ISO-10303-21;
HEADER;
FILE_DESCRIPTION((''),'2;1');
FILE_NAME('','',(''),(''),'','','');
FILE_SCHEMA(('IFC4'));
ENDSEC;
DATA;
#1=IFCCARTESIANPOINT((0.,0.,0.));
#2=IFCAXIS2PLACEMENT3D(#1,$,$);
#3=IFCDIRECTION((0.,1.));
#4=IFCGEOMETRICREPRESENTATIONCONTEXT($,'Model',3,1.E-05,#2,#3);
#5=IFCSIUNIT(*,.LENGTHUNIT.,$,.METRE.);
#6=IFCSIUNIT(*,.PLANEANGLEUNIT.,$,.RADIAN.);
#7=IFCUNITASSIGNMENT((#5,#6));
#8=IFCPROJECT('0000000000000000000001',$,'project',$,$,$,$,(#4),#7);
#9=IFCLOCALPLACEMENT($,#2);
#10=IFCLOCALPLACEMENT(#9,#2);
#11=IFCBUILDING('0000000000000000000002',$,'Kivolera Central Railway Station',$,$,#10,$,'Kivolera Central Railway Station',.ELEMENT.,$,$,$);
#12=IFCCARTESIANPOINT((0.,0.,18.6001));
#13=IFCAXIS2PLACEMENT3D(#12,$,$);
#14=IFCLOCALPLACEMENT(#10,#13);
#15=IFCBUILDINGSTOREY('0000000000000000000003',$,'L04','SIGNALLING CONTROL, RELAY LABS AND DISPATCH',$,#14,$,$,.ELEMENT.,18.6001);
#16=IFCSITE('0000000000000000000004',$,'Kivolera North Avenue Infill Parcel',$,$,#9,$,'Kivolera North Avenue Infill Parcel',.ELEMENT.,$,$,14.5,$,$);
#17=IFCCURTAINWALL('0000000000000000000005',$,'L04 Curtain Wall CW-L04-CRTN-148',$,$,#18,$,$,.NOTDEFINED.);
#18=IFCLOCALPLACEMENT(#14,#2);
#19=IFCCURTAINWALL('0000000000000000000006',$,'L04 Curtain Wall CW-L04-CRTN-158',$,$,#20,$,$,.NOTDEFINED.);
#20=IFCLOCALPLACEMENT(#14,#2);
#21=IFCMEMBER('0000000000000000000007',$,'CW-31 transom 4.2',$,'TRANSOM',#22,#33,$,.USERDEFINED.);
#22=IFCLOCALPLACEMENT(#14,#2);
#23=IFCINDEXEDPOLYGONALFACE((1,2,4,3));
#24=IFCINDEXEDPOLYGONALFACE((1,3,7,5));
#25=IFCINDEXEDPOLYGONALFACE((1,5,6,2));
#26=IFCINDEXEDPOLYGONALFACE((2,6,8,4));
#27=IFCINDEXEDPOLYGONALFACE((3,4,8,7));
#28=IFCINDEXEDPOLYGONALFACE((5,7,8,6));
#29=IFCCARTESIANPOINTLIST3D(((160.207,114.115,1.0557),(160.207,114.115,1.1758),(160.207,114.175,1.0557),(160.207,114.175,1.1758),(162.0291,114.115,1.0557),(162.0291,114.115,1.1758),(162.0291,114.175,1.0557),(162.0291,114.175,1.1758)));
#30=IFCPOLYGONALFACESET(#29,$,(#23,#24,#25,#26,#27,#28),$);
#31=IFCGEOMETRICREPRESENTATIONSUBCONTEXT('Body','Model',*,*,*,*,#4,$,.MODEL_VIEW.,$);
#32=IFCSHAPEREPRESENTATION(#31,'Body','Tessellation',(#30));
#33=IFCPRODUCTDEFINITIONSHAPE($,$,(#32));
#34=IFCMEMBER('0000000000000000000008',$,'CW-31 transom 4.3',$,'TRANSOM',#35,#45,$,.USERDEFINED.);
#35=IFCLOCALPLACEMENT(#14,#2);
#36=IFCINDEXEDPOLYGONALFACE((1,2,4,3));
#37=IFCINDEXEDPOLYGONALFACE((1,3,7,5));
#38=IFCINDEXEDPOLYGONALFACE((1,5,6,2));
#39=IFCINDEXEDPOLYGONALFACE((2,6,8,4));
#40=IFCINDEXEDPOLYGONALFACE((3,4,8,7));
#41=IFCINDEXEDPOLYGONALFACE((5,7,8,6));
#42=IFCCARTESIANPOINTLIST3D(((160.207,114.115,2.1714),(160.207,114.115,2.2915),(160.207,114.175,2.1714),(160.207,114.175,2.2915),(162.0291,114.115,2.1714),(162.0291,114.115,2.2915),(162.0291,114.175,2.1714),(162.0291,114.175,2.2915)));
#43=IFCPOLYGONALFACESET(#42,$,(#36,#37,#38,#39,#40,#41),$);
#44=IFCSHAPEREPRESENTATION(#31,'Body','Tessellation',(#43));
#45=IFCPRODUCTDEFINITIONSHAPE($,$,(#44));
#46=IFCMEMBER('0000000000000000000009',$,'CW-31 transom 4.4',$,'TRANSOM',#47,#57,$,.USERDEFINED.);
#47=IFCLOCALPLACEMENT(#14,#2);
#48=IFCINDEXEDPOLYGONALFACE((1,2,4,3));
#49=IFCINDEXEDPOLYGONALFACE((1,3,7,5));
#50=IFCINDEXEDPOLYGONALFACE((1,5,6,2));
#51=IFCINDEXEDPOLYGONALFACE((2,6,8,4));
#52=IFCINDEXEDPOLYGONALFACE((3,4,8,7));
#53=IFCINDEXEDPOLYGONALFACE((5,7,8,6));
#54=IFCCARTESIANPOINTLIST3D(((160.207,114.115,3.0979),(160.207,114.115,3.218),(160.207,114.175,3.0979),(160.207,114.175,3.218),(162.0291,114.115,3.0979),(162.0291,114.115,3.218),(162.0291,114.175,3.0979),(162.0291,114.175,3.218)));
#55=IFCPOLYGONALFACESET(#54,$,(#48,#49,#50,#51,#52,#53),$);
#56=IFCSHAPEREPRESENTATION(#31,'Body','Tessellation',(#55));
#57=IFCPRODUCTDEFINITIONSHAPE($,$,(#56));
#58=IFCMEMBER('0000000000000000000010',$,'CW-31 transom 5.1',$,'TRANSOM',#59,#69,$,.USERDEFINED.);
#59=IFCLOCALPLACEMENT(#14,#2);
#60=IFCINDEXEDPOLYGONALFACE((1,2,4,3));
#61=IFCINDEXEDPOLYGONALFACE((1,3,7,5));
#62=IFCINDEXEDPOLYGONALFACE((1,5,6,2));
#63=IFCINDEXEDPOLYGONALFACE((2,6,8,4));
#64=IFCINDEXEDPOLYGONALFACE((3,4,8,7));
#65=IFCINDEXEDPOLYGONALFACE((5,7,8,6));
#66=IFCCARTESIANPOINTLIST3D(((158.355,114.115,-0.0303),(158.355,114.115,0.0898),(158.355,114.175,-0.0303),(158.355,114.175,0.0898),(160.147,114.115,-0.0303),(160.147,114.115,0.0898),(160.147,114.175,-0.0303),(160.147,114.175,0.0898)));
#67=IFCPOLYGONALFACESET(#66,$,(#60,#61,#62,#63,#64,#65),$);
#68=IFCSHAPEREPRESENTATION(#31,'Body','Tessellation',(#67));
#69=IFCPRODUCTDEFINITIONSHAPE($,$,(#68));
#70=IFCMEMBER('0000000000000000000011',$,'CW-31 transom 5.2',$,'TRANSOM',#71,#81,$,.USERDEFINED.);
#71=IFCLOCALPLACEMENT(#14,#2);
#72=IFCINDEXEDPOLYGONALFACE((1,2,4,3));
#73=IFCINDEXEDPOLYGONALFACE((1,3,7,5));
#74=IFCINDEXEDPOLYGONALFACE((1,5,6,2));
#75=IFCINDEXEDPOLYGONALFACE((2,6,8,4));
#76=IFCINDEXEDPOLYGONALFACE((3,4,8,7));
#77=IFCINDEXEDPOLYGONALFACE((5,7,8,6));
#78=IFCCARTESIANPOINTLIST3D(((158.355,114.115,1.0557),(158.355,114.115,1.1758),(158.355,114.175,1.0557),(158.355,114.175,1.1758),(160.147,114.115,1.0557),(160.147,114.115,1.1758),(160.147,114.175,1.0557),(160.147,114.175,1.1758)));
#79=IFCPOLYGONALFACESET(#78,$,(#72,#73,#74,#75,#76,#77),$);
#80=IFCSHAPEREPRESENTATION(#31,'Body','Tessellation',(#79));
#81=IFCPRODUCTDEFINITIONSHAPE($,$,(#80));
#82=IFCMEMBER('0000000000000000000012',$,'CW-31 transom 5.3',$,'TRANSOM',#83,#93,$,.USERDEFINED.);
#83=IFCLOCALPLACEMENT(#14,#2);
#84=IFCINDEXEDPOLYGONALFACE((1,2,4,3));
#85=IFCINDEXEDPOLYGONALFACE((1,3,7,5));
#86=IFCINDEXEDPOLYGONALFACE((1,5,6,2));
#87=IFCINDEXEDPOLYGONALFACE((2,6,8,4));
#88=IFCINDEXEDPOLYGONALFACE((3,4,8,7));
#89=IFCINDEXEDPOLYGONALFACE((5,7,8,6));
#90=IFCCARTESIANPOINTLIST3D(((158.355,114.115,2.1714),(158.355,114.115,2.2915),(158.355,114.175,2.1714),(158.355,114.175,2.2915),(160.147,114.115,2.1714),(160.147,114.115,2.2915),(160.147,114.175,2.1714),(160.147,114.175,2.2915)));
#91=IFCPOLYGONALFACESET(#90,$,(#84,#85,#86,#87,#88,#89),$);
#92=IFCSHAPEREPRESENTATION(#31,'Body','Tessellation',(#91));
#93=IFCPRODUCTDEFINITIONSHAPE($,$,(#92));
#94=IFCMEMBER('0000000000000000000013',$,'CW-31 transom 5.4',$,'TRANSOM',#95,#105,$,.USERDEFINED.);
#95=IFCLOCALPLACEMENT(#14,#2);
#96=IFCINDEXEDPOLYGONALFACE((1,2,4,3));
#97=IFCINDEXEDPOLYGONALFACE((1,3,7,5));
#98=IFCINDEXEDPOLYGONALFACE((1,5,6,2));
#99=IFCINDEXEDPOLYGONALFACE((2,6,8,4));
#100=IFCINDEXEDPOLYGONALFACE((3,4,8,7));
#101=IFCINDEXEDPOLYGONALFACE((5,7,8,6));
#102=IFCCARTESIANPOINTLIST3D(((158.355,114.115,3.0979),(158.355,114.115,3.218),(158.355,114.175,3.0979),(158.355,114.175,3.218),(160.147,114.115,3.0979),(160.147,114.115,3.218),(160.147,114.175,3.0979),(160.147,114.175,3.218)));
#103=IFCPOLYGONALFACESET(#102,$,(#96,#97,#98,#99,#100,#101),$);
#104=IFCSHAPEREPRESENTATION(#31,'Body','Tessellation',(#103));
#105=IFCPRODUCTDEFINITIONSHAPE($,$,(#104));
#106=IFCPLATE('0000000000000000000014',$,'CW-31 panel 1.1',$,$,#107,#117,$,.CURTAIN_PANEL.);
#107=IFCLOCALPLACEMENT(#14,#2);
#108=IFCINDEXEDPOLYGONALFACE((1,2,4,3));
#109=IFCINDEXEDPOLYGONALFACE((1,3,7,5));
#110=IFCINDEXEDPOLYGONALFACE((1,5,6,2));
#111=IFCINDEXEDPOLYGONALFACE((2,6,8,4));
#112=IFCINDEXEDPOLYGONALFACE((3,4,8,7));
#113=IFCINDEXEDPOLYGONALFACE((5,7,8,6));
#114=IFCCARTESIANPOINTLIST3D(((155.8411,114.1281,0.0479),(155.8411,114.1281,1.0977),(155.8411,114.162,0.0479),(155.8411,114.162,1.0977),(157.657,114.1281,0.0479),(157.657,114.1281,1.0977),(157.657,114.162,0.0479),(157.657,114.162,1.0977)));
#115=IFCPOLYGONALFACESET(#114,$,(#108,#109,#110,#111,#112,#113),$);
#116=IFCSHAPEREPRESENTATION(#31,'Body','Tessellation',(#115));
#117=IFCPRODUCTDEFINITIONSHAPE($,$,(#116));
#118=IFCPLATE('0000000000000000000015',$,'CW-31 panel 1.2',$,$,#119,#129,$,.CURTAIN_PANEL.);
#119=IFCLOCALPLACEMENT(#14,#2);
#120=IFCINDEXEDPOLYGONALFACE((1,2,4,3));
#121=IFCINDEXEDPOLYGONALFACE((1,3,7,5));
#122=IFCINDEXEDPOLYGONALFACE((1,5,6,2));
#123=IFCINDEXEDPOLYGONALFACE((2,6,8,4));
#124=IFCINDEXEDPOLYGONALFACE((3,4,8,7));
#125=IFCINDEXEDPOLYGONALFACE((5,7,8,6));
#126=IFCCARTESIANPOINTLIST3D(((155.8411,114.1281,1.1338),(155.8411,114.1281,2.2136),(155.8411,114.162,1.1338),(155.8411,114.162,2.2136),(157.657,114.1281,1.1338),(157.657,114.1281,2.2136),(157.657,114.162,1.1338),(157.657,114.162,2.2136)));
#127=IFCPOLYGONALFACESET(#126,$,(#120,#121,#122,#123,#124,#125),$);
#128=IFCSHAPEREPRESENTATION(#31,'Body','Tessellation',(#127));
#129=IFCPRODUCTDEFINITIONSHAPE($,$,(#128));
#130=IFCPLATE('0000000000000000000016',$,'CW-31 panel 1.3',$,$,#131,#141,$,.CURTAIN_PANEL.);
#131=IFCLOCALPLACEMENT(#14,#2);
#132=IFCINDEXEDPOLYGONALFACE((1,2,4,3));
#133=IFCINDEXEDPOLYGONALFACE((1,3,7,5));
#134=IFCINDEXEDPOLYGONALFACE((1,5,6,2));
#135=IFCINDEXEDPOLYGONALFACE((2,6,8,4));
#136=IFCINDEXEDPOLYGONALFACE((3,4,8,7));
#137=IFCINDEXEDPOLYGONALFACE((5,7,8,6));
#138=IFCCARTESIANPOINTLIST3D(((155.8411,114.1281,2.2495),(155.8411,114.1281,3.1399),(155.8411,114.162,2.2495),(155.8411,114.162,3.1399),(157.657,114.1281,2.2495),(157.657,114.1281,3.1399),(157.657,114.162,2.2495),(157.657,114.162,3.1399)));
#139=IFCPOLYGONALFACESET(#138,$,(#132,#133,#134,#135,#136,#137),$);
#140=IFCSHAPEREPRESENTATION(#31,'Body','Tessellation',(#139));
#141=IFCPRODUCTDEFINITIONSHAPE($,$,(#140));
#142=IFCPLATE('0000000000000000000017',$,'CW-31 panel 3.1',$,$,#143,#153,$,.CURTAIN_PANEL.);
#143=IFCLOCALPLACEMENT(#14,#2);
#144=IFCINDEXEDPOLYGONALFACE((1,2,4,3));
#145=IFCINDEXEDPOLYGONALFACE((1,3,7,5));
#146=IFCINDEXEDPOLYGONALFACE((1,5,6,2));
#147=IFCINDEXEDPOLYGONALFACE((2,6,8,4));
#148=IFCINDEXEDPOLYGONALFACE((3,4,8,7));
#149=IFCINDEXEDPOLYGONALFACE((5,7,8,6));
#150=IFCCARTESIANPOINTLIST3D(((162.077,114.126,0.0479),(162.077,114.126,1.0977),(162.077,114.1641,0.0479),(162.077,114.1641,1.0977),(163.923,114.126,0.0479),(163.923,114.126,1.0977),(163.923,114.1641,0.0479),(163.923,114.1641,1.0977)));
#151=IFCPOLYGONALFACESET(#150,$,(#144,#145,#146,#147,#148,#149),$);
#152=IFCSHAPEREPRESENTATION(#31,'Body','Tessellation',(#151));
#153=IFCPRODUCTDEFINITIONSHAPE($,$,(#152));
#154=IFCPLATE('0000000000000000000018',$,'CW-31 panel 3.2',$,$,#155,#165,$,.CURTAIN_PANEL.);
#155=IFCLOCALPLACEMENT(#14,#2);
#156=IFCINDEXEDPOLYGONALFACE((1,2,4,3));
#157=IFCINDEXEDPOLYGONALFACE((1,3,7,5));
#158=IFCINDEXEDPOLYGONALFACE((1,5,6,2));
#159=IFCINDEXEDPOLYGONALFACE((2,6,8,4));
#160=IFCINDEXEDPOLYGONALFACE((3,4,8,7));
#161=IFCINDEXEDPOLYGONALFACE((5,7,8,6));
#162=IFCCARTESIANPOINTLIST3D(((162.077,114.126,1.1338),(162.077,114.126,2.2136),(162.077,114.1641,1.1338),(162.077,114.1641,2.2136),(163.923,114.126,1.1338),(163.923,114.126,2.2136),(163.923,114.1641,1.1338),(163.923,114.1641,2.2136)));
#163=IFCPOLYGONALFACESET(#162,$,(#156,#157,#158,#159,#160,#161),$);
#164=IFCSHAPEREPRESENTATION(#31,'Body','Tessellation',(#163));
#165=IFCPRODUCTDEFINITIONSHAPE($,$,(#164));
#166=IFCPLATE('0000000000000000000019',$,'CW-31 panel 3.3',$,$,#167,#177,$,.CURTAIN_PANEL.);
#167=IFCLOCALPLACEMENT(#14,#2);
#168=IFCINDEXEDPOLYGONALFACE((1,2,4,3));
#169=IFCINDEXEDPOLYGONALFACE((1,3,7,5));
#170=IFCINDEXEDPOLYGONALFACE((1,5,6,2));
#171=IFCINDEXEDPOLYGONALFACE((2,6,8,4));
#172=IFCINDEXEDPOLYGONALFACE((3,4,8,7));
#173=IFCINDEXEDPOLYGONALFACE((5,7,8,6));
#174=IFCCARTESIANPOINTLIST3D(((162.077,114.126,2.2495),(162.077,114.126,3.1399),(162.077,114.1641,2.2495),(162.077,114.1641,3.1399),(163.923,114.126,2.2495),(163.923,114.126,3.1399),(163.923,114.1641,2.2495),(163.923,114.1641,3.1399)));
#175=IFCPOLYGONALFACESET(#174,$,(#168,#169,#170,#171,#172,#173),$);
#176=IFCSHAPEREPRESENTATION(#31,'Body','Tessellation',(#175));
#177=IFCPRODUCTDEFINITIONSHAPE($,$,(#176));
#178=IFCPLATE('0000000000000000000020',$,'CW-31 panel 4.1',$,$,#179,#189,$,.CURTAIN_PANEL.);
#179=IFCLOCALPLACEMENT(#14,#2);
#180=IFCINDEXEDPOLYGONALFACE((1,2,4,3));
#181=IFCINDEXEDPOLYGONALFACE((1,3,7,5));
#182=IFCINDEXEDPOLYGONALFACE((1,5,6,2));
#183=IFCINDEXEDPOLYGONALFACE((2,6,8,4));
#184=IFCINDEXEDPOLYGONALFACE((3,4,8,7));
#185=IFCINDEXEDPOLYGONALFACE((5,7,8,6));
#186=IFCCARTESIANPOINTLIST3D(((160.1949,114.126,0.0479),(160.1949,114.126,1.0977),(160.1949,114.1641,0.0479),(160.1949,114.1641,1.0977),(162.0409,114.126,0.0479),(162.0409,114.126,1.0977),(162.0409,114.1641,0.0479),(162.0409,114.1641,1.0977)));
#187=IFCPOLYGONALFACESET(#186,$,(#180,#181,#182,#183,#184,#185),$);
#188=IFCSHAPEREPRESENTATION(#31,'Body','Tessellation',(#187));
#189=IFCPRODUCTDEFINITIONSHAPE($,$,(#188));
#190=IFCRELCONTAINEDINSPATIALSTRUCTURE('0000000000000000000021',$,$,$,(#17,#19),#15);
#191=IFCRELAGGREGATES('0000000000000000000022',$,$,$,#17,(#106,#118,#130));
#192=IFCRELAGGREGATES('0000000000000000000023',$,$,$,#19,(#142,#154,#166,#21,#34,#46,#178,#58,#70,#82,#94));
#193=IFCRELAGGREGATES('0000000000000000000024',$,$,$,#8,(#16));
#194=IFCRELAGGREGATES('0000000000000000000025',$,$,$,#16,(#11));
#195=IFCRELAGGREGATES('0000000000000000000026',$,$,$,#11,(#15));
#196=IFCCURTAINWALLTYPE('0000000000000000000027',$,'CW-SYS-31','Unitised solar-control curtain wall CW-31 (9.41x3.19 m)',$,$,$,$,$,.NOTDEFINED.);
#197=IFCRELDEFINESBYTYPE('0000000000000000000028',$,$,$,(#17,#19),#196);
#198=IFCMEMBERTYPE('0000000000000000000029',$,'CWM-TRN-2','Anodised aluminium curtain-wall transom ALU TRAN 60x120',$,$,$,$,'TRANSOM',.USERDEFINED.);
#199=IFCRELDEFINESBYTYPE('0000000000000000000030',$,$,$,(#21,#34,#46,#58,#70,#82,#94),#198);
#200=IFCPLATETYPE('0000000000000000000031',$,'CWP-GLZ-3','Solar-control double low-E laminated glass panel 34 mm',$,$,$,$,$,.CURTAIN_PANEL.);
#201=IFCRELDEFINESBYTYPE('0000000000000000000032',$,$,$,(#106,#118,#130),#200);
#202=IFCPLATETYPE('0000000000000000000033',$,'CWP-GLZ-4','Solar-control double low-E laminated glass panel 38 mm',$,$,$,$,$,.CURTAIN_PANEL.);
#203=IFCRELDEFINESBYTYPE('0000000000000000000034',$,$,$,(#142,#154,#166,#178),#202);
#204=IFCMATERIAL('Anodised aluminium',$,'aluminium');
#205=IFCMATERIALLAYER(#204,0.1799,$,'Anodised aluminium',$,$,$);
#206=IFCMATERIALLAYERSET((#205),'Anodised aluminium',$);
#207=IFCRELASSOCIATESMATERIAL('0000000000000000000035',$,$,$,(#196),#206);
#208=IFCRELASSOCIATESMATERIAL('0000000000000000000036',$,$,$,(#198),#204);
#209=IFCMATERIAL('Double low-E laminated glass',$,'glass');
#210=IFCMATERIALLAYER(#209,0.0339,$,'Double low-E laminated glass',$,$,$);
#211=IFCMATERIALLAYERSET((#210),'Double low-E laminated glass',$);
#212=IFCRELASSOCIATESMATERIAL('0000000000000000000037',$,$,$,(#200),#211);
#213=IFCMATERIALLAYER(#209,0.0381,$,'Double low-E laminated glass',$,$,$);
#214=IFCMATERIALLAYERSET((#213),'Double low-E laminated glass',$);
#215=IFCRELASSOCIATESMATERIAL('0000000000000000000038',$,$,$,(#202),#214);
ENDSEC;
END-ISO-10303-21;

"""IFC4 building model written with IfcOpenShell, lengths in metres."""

from ifc_helpers import new_model, si_unit, direction, frame, origin, origin_2d, place, context, subcontext, project, spatial, rectangle, extrude, material, layer, layer_set, material_profile, profile_set, type_object, element, aggregate, save


model = new_model("IFC4")

# Units and contexts
model_context = context("Model", 3, precision=1e-05, world=origin(), true_north=direction((0.0, 1.0)))
body_context = subcontext(model_context, "Body", "Model", "MODEL_VIEW")
ifc_project = project(units=[si_unit("LENGTHUNIT", "METRE"), si_unit("PLANEANGLEUNIT", "RADIAN")], contexts=[model_context])

# Site, building, storey
site_placement = place(None, origin())
site = spatial("IfcSite", under=ifc_project, at=site_placement, Name="Kivolera North Avenue Infill Parcel", LongName="Kivolera North Avenue Infill Parcel", CompositionType="ELEMENT", RefElevation=14.5)
building_placement = place(site_placement, origin())
building = spatial("IfcBuilding", under=site, at=building_placement, Name="Kivolera Central Railway Station", LongName="Kivolera Central Railway Station", CompositionType="ELEMENT")
storey_placement = place(building_placement, frame((0.0, 0.0, 18.6001)))
storey = spatial("IfcBuildingStorey", under=building, at=storey_placement, Name="L04", Description="SIGNALLING CONTROL, RELAY LABS AND DISPATCH", CompositionType="ELEMENT", Elevation=18.6001)

# Curtain walls
ifc_material_1 = material(Name="Anodised aluminium", Category="aluminium")
ifc_layer_1 = layer(ifc_material_1, 0.1799, Name="Anodised aluminium")
ifc_layer_set_1 = layer_set([ifc_layer_1], Name="Anodised aluminium")
curtain_wall_type = type_object("IfcCurtainWallType", Name="CW-SYS-31", Description="Unitised solar-control curtain wall CW-31 (9.41x3.19 m)", PredefinedType="NOTDEFINED", material=ifc_layer_set_1)
curtain_wall_1_placement = place(storey_placement, origin())
curtain_wall_1 = element("IfcCurtainWall", 1, at=curtain_wall_1_placement, inside=storey, type_object=curtain_wall_type, Name="L04 Curtain Wall CW-L04-CRTN-148", PredefinedType="NOTDEFINED")
curtain_wall_2_placement = place(storey_placement, origin())
curtain_wall_2 = element("IfcCurtainWall", 2, at=curtain_wall_2_placement, inside=storey, type_object=curtain_wall_type, Name="L04 Curtain Wall CW-L04-CRTN-158", PredefinedType="NOTDEFINED")

# Members
ifc_material_profile_1 = material_profile(ifc_material_1, rectangle(XDim=0.0601, YDim=0.1201, at=origin_2d()), Name="ALU TRAN 60x120")
ifc_profile_set_1 = profile_set([ifc_material_profile_1], Name="Anodised aluminium")
member_type_1 = type_object("IfcMemberType", Name="CWM-TRN-2", Description="Anodised aluminium curtain-wall transom ALU TRAN 60x120", ElementType="TRANSOM", PredefinedType="USERDEFINED", material=ifc_profile_set_1)
member_1_placement = place(storey_placement, frame((162.0291, 114.145, 1.1157), z_axis=(-1.0, 0.0, 0.0), x_axis=(0.0, -1.0, 0.0)))
member_1 = element("IfcMember", 3, at=member_1_placement, type_object=member_type_1, Name="CW-31 transom 4.2", ObjectType="TRANSOM", PredefinedType="USERDEFINED", context=body_context, shape_type="SweptSolid", body=[
    extrude(rectangle(XDim=0.0601, YDim=0.1201, at=origin_2d()), origin(), (0.0, 0.0, 1.0), 1.822),
])
member_2_placement = place(storey_placement, frame((162.0291, 114.145, 2.2314), z_axis=(-1.0, 0.0, 0.0), x_axis=(0.0, -1.0, 0.0)))
member_2 = element("IfcMember", 4, at=member_2_placement, type_object=member_type_1, Name="CW-31 transom 4.3", ObjectType="TRANSOM", PredefinedType="USERDEFINED", context=body_context, shape_type="SweptSolid", body=[
    extrude(rectangle(XDim=0.0601, YDim=0.1201, at=origin_2d()), origin(), (0.0, 0.0, 1.0), 1.822),
])
member_3_placement = place(storey_placement, frame((162.0291, 114.145, 3.158), z_axis=(-1.0, 0.0, 0.0), x_axis=(0.0, -1.0, 0.0)))
member_3 = element("IfcMember", 5, at=member_3_placement, type_object=member_type_1, Name="CW-31 transom 4.4", ObjectType="TRANSOM", PredefinedType="USERDEFINED", context=body_context, shape_type="SweptSolid", body=[
    extrude(rectangle(XDim=0.0601, YDim=0.1201, at=origin_2d()), origin(), (0.0, 0.0, 1.0), 1.822),
])
member_4_placement = place(storey_placement, frame((160.147, 114.145, 0.0298), z_axis=(-1.0, 0.0, 0.0), x_axis=(0.0, -1.0, 0.0)))
member_4 = element("IfcMember", 6, at=member_4_placement, type_object=member_type_1, Name="CW-31 transom 5.1", ObjectType="TRANSOM", PredefinedType="USERDEFINED", context=body_context, shape_type="SweptSolid", body=[
    extrude(rectangle(XDim=0.0601, YDim=0.1201, at=origin_2d()), origin(), (0.0, 0.0, 1.0), 1.792),
])
member_5_placement = place(storey_placement, frame((160.147, 114.145, 1.1157), z_axis=(-1.0, 0.0, 0.0), x_axis=(0.0, -1.0, 0.0)))
member_5 = element("IfcMember", 7, at=member_5_placement, type_object=member_type_1, Name="CW-31 transom 5.2", ObjectType="TRANSOM", PredefinedType="USERDEFINED", context=body_context, shape_type="SweptSolid", body=[
    extrude(rectangle(XDim=0.0601, YDim=0.1201, at=origin_2d()), origin(), (0.0, 0.0, 1.0), 1.792),
])
member_6_placement = place(storey_placement, frame((160.147, 114.145, 2.2314), z_axis=(-1.0, 0.0, 0.0), x_axis=(0.0, -1.0, 0.0)))
member_6 = element("IfcMember", 8, at=member_6_placement, type_object=member_type_1, Name="CW-31 transom 5.3", ObjectType="TRANSOM", PredefinedType="USERDEFINED", context=body_context, shape_type="SweptSolid", body=[
    extrude(rectangle(XDim=0.0601, YDim=0.1201, at=origin_2d()), origin(), (0.0, 0.0, 1.0), 1.792),
])
member_7_placement = place(storey_placement, frame((160.147, 114.145, 3.158), z_axis=(-1.0, 0.0, 0.0), x_axis=(0.0, -1.0, 0.0)))
member_7 = element("IfcMember", 9, at=member_7_placement, type_object=member_type_1, Name="CW-31 transom 5.4", ObjectType="TRANSOM", PredefinedType="USERDEFINED", context=body_context, shape_type="SweptSolid", body=[
    extrude(rectangle(XDim=0.0601, YDim=0.1201, at=origin_2d()), origin(), (0.0, 0.0, 1.0), 1.792),
])

# Plates
ifc_material_2 = material(Name="Double low-E laminated glass", Category="glass")
ifc_layer_2 = layer(ifc_material_2, 0.0339, Name="Double low-E laminated glass")
ifc_layer_set_2 = layer_set([ifc_layer_2], Name="Double low-E laminated glass")
plate_type_1 = type_object("IfcPlateType", Name="CWP-GLZ-3", Description="Solar-control double low-E laminated glass panel 34 mm", PredefinedType="CURTAIN_PANEL", material=ifc_layer_set_2)
plate_1_placement = place(storey_placement, frame((156.749, 114.145, 0.0479), z_axis=(0.0, 0.0, 1.0), x_axis=(-1.0, 0.0, 0.0)))
plate_1 = element("IfcPlate", 10, at=plate_1_placement, type_object=plate_type_1, Name="CW-31 panel 1.1", PredefinedType="CURTAIN_PANEL", context=body_context, shape_type="SweptSolid", body=[
    extrude(rectangle(XDim=1.8159, YDim=0.0339, at=origin_2d()), origin(), (0.0, 0.0, 1.0), 1.0498),
])
plate_2_placement = place(storey_placement, frame((156.749, 114.145, 1.1338), z_axis=(0.0, 0.0, 1.0), x_axis=(-1.0, 0.0, 0.0)))
plate_2 = element("IfcPlate", 11, at=plate_2_placement, type_object=plate_type_1, Name="CW-31 panel 1.2", PredefinedType="CURTAIN_PANEL", context=body_context, shape_type="SweptSolid", body=[
    extrude(rectangle(XDim=1.8159, YDim=0.0339, at=origin_2d()), origin(), (0.0, 0.0, 1.0), 1.0798),
])
plate_3_placement = place(storey_placement, frame((156.749, 114.145, 2.2495), z_axis=(0.0, 0.0, 1.0), x_axis=(-1.0, 0.0, 0.0)))
plate_3 = element("IfcPlate", 12, at=plate_3_placement, type_object=plate_type_1, Name="CW-31 panel 1.3", PredefinedType="CURTAIN_PANEL", context=body_context, shape_type="SweptSolid", body=[
    extrude(rectangle(XDim=1.8159, YDim=0.0339, at=origin_2d()), origin(), (0.0, 0.0, 1.0), 0.8904),
])
aggregate(curtain_wall_1, [plate_1, plate_2, plate_3])
ifc_layer_3 = layer(ifc_material_2, 0.0381, Name="Double low-E laminated glass")
ifc_layer_set_3 = layer_set([ifc_layer_3], Name="Double low-E laminated glass")
plate_type_2 = type_object("IfcPlateType", Name="CWP-GLZ-4", Description="Solar-control double low-E laminated glass panel 38 mm", PredefinedType="CURTAIN_PANEL", material=ifc_layer_set_3)
plate_4_placement = place(storey_placement, frame((163.0, 114.145, 0.0479), z_axis=(0.0, 0.0, 1.0), x_axis=(-1.0, 0.0, 0.0)))
plate_4 = element("IfcPlate", 13, at=plate_4_placement, type_object=plate_type_2, Name="CW-31 panel 3.1", PredefinedType="CURTAIN_PANEL", context=body_context, shape_type="SweptSolid", body=[
    extrude(rectangle(XDim=1.8459, YDim=0.0381, at=origin_2d()), origin(), (0.0, 0.0, 1.0), 1.0498),
])
plate_5_placement = place(storey_placement, frame((163.0, 114.145, 1.1338), z_axis=(0.0, 0.0, 1.0), x_axis=(-1.0, 0.0, 0.0)))
plate_5 = element("IfcPlate", 14, at=plate_5_placement, type_object=plate_type_2, Name="CW-31 panel 3.2", PredefinedType="CURTAIN_PANEL", context=body_context, shape_type="SweptSolid", body=[
    extrude(rectangle(XDim=1.8459, YDim=0.0381, at=origin_2d()), origin(), (0.0, 0.0, 1.0), 1.0798),
])
plate_6_placement = place(storey_placement, frame((163.0, 114.145, 2.2495), z_axis=(0.0, 0.0, 1.0), x_axis=(-1.0, 0.0, 0.0)))
plate_6 = element("IfcPlate", 15, at=plate_6_placement, type_object=plate_type_2, Name="CW-31 panel 3.3", PredefinedType="CURTAIN_PANEL", context=body_context, shape_type="SweptSolid", body=[
    extrude(rectangle(XDim=1.8459, YDim=0.0381, at=origin_2d()), origin(), (0.0, 0.0, 1.0), 0.8904),
])
plate_7_placement = place(storey_placement, frame((161.1179, 114.145, 0.0479), z_axis=(0.0, 0.0, 1.0), x_axis=(-1.0, 0.0, 0.0)))
plate_7 = element("IfcPlate", 16, at=plate_7_placement, type_object=plate_type_2, Name="CW-31 panel 4.1", PredefinedType="CURTAIN_PANEL", context=body_context, shape_type="SweptSolid", body=[
    extrude(rectangle(XDim=1.8459, YDim=0.0381, at=origin_2d()), origin(), (0.0, 0.0, 1.0), 1.0498),
])
aggregate(curtain_wall_2, [plate_4, plate_5, plate_6, member_1, member_2, member_3, plate_7, member_4, member_5, member_6, member_7])

save(model, "model.ifc")
